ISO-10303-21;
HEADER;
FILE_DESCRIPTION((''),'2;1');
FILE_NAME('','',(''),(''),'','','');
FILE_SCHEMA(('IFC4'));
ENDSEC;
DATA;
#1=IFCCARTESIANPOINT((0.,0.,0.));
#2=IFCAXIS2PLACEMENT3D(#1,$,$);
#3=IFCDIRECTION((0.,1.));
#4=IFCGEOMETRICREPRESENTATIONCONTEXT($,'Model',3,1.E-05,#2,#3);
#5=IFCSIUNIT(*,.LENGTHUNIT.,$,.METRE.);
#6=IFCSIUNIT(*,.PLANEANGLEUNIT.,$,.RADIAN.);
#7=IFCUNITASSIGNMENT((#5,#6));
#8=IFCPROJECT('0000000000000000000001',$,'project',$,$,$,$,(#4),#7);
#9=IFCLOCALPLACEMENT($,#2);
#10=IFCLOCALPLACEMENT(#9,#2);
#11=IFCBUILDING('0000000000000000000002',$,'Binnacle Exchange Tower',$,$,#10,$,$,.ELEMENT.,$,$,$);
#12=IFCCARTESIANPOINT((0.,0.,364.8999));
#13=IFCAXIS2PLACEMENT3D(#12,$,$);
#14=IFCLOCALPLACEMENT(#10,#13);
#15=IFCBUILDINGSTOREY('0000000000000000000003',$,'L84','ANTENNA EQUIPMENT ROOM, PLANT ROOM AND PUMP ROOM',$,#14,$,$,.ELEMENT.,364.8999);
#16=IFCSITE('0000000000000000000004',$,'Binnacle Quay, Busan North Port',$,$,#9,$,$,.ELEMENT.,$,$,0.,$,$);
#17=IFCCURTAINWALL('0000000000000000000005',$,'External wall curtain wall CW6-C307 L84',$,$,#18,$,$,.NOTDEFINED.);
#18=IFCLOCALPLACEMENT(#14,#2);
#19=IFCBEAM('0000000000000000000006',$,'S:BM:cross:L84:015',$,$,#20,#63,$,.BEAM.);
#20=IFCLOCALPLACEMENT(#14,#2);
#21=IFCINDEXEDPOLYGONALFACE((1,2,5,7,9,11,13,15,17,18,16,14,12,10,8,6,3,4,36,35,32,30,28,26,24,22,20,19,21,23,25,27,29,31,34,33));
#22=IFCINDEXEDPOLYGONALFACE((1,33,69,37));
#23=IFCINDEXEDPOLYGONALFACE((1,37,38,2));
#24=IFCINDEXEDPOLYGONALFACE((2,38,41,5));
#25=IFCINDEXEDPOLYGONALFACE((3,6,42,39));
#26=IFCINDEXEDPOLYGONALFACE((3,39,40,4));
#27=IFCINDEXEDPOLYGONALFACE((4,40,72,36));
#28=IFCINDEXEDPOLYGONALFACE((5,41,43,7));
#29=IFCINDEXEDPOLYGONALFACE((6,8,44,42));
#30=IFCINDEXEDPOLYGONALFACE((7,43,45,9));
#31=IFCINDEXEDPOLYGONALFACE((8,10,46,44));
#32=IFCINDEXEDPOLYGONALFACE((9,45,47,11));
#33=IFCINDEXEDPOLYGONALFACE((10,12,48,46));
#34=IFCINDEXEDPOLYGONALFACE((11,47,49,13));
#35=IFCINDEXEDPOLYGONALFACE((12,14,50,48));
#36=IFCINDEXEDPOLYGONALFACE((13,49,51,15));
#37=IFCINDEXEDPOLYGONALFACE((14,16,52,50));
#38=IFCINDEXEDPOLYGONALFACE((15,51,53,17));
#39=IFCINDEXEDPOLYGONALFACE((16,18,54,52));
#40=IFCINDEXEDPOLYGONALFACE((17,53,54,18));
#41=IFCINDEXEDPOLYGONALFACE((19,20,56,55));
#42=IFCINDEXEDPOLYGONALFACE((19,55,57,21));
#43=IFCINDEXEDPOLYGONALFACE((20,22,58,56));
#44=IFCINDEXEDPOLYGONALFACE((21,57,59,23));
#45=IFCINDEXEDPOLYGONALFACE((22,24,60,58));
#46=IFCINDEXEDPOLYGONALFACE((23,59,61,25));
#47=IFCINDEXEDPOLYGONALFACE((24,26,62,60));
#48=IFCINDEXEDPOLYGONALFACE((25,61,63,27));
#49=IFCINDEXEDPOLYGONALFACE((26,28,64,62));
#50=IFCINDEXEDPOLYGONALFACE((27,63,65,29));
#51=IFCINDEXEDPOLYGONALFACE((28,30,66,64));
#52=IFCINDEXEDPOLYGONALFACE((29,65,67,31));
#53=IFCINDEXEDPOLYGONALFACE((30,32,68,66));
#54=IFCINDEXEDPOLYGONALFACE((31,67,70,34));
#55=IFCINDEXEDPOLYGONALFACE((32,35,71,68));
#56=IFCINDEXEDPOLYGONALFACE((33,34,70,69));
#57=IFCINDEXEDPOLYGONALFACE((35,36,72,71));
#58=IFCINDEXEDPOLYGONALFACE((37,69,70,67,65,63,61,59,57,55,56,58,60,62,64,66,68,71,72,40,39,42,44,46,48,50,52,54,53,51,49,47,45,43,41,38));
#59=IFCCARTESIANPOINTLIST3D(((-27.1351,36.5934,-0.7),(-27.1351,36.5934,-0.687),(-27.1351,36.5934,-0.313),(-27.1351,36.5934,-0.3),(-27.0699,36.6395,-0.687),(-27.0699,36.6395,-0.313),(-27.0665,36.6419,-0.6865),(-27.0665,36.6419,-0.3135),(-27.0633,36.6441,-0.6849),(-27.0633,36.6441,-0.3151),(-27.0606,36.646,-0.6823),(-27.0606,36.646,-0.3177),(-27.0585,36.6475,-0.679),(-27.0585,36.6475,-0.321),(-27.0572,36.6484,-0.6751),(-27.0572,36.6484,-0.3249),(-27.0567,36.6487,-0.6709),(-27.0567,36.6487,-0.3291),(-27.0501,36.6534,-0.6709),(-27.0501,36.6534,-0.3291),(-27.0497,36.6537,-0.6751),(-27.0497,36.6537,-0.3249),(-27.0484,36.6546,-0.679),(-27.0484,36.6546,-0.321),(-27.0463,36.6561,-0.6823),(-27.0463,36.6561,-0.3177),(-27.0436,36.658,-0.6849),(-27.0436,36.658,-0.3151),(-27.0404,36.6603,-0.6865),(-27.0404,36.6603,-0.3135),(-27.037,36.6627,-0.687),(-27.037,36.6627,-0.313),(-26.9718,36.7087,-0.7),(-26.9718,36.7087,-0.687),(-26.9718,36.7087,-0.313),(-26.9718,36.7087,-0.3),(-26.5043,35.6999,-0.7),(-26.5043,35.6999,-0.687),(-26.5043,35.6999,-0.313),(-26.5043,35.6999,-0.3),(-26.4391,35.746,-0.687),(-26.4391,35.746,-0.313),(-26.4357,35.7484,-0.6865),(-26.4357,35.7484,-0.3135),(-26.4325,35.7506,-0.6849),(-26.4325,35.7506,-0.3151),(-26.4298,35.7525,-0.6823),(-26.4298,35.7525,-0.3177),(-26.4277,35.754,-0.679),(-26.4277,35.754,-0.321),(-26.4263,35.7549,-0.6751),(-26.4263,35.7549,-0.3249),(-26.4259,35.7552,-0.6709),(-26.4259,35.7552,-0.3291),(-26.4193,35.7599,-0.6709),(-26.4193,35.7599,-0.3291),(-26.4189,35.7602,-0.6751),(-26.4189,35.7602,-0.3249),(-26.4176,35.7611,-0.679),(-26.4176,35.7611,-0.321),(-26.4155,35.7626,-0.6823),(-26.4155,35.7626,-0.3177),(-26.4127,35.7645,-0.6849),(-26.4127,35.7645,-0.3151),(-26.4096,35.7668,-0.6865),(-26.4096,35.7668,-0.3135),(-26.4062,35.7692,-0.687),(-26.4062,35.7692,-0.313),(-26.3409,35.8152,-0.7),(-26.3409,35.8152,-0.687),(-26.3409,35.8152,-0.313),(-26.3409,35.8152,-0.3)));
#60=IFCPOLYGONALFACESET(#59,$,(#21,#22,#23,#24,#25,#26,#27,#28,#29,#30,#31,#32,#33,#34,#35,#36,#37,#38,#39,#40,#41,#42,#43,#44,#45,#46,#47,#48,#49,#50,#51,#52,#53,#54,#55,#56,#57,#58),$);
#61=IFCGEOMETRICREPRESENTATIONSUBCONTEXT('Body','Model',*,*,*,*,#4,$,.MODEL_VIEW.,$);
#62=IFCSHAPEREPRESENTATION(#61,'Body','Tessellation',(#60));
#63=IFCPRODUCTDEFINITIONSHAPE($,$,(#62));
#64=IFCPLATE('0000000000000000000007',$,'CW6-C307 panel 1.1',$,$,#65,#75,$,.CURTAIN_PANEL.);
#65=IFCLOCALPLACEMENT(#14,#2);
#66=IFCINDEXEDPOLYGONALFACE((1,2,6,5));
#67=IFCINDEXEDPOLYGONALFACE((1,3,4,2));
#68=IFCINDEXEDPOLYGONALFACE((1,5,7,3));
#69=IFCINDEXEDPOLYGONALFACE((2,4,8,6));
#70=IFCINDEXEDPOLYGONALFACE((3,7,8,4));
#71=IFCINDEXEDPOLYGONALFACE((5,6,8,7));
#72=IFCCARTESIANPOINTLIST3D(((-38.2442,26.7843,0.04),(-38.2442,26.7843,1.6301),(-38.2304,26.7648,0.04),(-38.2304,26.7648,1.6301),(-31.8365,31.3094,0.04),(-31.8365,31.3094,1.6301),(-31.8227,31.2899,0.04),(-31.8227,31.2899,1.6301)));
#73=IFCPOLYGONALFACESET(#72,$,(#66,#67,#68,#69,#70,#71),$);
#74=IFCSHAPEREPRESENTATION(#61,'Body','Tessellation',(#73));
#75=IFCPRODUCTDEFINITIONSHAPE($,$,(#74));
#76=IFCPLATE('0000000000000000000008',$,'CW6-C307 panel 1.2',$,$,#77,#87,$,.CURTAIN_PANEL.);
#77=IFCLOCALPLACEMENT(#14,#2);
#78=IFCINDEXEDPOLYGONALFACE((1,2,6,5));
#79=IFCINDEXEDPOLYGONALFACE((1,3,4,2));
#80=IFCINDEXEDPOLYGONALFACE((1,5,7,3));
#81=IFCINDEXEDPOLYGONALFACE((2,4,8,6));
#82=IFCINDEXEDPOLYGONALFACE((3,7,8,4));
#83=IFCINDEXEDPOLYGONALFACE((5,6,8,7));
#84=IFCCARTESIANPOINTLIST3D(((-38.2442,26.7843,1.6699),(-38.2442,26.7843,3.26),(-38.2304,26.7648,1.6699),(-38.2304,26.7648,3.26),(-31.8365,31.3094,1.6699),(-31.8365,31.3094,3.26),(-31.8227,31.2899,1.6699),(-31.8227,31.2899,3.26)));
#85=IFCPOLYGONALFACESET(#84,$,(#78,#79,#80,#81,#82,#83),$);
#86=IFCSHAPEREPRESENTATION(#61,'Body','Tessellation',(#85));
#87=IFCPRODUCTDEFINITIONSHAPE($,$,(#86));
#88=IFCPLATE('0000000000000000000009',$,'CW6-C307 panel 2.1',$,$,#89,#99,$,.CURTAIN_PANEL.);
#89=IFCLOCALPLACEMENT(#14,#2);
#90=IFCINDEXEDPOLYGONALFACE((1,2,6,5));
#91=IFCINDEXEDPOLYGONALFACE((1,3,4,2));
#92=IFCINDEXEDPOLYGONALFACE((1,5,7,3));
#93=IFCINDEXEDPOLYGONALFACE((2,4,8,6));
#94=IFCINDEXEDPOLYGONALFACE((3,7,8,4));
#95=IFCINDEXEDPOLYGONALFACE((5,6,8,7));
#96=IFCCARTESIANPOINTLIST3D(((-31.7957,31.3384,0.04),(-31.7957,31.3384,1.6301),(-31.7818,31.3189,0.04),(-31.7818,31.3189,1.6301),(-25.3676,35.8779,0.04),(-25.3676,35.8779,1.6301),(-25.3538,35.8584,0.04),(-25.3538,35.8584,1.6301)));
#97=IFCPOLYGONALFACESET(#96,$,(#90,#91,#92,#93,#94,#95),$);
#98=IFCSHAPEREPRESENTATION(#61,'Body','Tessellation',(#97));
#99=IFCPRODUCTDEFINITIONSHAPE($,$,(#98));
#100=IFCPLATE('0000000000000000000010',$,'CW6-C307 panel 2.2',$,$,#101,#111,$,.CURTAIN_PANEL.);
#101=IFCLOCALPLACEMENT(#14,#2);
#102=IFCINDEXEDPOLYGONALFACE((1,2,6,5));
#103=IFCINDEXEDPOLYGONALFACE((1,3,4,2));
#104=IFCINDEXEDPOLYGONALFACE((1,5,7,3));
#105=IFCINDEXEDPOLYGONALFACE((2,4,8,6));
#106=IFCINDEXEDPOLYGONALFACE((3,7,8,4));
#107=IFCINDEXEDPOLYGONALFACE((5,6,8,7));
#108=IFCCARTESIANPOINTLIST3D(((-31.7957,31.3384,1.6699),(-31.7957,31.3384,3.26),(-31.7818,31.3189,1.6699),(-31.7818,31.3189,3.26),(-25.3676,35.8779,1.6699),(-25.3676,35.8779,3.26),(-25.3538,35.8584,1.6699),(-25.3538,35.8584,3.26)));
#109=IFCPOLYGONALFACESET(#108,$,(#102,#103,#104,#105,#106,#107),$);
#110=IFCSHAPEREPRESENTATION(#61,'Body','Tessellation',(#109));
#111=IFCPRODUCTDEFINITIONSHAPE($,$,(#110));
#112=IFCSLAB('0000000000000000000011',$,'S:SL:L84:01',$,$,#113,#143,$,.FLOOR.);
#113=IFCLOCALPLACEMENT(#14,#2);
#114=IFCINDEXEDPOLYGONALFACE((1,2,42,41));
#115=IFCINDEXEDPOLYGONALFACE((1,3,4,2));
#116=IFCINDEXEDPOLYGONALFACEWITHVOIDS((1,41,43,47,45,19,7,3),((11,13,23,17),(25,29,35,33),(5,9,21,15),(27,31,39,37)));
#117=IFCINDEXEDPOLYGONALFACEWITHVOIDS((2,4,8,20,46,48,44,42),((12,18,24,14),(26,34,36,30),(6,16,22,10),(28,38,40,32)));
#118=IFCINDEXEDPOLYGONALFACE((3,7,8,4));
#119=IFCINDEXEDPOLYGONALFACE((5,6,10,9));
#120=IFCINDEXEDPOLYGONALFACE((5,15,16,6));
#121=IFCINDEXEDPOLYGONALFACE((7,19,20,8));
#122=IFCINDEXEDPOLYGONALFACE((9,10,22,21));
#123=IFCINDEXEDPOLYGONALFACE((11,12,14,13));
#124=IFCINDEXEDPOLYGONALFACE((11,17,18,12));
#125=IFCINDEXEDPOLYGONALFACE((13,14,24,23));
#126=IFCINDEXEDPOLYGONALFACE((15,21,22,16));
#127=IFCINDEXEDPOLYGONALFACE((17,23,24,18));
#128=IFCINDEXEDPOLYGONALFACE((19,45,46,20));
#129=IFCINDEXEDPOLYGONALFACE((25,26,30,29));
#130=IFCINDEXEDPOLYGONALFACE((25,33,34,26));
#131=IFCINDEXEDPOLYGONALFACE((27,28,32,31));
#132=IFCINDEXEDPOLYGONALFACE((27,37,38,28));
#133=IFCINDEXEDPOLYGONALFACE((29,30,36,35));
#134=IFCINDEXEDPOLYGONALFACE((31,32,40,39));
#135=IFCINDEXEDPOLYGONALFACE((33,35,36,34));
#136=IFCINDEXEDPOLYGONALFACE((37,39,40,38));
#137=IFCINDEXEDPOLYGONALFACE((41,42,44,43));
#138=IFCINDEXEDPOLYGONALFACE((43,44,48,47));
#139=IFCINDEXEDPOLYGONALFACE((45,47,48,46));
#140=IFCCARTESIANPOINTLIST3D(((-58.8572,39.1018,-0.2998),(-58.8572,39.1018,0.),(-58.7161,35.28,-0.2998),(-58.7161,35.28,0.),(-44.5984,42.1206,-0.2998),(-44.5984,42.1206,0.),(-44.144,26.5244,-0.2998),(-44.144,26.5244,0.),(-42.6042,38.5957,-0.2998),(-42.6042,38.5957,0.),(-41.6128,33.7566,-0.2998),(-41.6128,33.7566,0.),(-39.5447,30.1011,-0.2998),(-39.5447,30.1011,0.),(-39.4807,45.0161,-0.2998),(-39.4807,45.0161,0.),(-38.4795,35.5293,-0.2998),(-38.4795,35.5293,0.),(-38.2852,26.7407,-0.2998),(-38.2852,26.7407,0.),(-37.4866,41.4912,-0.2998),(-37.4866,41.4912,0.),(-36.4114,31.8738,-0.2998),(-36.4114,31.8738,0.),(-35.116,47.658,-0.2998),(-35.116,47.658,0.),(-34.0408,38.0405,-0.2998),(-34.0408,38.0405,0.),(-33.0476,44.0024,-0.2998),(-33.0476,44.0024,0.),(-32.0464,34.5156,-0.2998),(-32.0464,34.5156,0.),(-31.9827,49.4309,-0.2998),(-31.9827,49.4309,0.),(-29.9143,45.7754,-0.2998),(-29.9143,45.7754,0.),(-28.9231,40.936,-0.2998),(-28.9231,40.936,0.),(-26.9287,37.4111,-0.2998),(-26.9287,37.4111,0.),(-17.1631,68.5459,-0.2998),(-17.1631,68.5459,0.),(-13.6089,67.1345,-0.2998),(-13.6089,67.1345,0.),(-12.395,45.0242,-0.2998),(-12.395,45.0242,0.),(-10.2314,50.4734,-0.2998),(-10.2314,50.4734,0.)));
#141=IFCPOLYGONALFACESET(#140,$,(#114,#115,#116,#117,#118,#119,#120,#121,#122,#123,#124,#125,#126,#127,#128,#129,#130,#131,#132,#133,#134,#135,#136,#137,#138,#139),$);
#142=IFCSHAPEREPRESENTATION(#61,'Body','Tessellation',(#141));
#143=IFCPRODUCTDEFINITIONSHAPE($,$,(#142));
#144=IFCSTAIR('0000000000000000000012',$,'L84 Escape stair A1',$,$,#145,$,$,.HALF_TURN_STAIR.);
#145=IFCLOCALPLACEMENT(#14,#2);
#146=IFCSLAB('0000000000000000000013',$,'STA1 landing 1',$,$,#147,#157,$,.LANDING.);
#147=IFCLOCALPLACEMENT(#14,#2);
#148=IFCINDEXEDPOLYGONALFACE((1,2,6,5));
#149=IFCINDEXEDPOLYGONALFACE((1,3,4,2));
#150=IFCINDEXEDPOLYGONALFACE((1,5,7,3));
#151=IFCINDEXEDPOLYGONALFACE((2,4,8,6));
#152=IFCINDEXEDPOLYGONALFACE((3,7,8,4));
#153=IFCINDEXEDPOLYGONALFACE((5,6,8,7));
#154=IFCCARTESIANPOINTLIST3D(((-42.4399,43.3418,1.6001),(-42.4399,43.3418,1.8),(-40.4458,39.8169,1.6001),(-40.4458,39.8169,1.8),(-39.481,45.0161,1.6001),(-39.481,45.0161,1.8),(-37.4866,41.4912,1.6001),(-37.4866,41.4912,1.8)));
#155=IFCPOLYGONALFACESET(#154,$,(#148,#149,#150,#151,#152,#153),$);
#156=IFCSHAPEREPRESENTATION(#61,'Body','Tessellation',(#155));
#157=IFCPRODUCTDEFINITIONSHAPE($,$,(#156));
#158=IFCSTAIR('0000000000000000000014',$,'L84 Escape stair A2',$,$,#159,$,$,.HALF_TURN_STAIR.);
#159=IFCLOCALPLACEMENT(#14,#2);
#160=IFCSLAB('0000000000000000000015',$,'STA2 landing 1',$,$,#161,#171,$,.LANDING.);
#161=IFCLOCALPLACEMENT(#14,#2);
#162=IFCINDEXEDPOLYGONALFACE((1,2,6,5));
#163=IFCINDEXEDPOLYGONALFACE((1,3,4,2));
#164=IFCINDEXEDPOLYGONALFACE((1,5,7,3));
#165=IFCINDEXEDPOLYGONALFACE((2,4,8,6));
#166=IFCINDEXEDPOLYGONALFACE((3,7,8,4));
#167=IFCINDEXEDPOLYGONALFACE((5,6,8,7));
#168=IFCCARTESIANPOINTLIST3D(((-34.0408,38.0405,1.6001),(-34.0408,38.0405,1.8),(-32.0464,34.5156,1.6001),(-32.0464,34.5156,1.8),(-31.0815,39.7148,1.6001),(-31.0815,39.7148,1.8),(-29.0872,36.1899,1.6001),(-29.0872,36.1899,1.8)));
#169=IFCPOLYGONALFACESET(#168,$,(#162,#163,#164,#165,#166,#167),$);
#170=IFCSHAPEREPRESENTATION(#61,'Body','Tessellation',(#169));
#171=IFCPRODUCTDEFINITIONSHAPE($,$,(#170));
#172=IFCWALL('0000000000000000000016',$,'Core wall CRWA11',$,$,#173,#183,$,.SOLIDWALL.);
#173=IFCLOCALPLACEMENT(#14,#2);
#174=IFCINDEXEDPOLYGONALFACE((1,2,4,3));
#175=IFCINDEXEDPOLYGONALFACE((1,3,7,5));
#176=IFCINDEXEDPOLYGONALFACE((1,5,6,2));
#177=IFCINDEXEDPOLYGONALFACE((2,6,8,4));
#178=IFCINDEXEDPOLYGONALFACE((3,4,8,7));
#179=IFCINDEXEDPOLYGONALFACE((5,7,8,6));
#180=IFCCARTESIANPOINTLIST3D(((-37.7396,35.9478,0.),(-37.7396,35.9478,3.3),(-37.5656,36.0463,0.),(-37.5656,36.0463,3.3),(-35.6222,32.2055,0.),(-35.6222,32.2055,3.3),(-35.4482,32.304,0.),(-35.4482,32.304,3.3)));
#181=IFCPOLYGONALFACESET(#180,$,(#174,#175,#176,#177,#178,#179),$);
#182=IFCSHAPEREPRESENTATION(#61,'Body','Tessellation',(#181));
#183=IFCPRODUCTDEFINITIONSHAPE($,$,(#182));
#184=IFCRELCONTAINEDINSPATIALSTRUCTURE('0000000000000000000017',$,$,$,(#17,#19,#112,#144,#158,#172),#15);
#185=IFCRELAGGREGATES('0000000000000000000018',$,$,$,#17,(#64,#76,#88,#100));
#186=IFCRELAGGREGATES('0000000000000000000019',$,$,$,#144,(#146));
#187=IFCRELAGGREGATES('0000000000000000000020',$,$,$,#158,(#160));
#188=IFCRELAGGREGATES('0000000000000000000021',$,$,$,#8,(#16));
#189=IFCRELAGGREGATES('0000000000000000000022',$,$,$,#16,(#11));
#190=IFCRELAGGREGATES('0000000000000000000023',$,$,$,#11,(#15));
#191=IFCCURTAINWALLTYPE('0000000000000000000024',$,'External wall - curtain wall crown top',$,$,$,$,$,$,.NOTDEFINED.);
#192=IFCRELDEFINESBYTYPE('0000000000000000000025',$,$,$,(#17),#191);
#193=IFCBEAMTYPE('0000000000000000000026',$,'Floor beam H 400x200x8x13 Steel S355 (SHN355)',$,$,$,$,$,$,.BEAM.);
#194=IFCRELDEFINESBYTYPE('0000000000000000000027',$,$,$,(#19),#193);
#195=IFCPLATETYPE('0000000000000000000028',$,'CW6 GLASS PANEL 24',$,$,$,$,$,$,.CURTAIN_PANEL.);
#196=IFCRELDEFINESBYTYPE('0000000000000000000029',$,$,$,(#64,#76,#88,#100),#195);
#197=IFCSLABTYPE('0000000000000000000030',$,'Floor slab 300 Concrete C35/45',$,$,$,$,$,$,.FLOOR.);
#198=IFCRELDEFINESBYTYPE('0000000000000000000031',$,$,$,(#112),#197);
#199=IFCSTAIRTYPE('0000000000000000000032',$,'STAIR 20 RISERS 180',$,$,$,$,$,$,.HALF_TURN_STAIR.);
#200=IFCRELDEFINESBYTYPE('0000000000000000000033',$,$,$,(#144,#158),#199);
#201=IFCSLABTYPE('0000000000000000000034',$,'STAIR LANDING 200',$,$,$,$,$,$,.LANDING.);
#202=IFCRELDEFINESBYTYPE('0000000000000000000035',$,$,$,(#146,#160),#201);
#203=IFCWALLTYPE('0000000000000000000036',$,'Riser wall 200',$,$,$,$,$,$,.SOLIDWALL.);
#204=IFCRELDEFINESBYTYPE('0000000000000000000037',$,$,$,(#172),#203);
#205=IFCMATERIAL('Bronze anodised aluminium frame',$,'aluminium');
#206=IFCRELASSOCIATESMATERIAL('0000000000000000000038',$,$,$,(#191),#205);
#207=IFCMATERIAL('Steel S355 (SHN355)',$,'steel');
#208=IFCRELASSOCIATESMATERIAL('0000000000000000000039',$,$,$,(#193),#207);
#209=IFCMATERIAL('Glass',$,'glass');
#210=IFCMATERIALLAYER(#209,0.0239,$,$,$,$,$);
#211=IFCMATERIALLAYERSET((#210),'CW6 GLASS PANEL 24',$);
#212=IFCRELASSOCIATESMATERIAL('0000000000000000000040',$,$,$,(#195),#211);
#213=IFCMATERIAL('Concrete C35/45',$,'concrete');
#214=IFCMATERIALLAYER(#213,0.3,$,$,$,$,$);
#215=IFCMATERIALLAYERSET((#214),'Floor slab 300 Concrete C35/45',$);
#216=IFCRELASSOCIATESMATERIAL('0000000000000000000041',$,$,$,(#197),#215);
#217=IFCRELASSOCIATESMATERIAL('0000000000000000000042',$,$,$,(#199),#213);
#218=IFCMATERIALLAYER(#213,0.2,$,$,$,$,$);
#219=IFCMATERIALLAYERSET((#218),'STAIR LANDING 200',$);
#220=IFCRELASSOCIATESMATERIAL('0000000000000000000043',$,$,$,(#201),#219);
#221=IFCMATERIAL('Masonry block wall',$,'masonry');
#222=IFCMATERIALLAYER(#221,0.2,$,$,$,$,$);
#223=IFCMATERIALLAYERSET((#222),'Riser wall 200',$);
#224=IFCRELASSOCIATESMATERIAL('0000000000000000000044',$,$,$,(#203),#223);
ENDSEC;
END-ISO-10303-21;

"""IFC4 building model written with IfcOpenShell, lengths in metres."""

from ifc_helpers import new_model, si_unit, direction, frame, frame_2d, origin, origin_2d, place, context, subcontext, project, spatial, polyline, rectangle, i_section, outline, extrude, material, layer, layer_set, material_profile, profile_set, type_object, element, aggregate, save


model = new_model("IFC4")

# Units and contexts
model_context = context("Model", 3, precision=1e-05, world=origin(), true_north=direction((0.0, 1.0)))
body_context = subcontext(model_context, "Body", "Model", "MODEL_VIEW")
ifc_project = project(units=[si_unit("LENGTHUNIT", "METRE"), si_unit("PLANEANGLEUNIT", "RADIAN")], contexts=[model_context])

# Site, building, storey
site_placement = place(None, origin())
site = spatial("IfcSite", under=ifc_project, at=site_placement, Name="Binnacle Quay, Busan North Port", CompositionType="ELEMENT", RefElevation=0.0)
building_placement = place(site_placement, origin())
building = spatial("IfcBuilding", under=site, at=building_placement, Name="Binnacle Exchange Tower", CompositionType="ELEMENT")
storey_placement = place(building_placement, frame((0.0, 0.0, 364.8999)))
storey = spatial("IfcBuildingStorey", under=building, at=storey_placement, Name="L84", Description="ANTENNA EQUIPMENT ROOM, PLANT ROOM AND PUMP ROOM", CompositionType="ELEMENT", Elevation=364.8999)

# Shared definitions
ifc_material_1 = material(Name="Steel S355 (SHN355)", Category="steel")

# Curtain wall
ifc_material_2 = material(Name="Bronze anodised aluminium frame", Category="aluminium")
curtain_wall_type = type_object("IfcCurtainWallType", Name="External wall - curtain wall crown top", PredefinedType="NOTDEFINED", material=ifc_material_2)
curtain_wall_placement = place(storey_placement, origin())
curtain_wall = element("IfcCurtainWall", 1, at=curtain_wall_placement, inside=storey, type_object=curtain_wall_type, Name="External wall curtain wall CW6-C307 L84", PredefinedType="NOTDEFINED")

# Beam
ifc_material_profile_1 = material_profile(ifc_material_1, i_section(OverallWidth=0.2, OverallDepth=0.3999, WebThickness=0.0081, FlangeThickness=0.0129, FilletRadius=0.0161, at=origin_2d()), Name="H 400x200x8x13")
ifc_profile_set_1 = profile_set([ifc_material_profile_1], Name="Steel S355 (SHN355)")
beam_type = type_object("IfcBeamType", Name="Floor beam H 400x200x8x13 Steel S355 (SHN355)", PredefinedType="BEAM", material=ifc_profile_set_1)
beam_placement = place(storey_placement, frame((-26.4226, 35.7576, -0.5), z_axis=(-0.576753, 0.816918, 0.0), x_axis=(-0.816918, -0.576753, 0.0)))
element("IfcBeam", 2, at=beam_placement, inside=storey, type_object=beam_type, Name="S:BM:cross:L84:015", PredefinedType="BEAM", context=body_context, shape_type="SweptSolid", body=[
    extrude(i_section(OverallWidth=0.2, OverallDepth=0.3999, WebThickness=0.0081, FlangeThickness=0.0129, FilletRadius=0.0161, at=origin_2d()), origin(), (0.0, 0.0, 1.0), 1.0938),
])

# Plates
ifc_material_3 = material(Name="Glass", Category="glass")
ifc_layer_1 = layer(ifc_material_3, 0.0239)
ifc_layer_set_1 = layer_set([ifc_layer_1], Name="CW6 GLASS PANEL 24")
plate_type = type_object("IfcPlateType", Name="CW6 GLASS PANEL 24", PredefinedType="CURTAIN_PANEL", material=ifc_layer_set_1)
plate_1_placement = place(storey_placement, frame((-35.0334, 29.0371, 0.04), z_axis=(0.0, 0.0, 1.0), x_axis=(0.816847, 0.576854, 0.0)))
plate_1 = element("IfcPlate", 3, at=plate_1_placement, type_object=plate_type, Name="CW6-C307 panel 1.1", PredefinedType="CURTAIN_PANEL", context=body_context, shape_type="SweptSolid", body=[
    extrude(rectangle(XDim=7.8445, YDim=0.0239, at=origin_2d()), origin(), (0.0, 0.0, 1.0), 1.5901),
])
plate_2_placement = place(storey_placement, frame((-35.0334, 29.0371, 1.6699), z_axis=(0.0, 0.0, 1.0), x_axis=(0.816847, 0.576854, 0.0)))
plate_2 = element("IfcPlate", 4, at=plate_2_placement, type_object=plate_type, Name="CW6-C307 panel 1.2", PredefinedType="CURTAIN_PANEL", context=body_context, shape_type="SweptSolid", body=[
    extrude(rectangle(XDim=7.8445, YDim=0.0239, at=origin_2d()), origin(), (0.0, 0.0, 1.0), 1.5901),
])
plate_3_placement = place(storey_placement, frame((-28.5747, 33.5984, 0.04), z_axis=(0.0, 0.0, 1.0), x_axis=(0.816847, 0.576854, 0.0)))
plate_3 = element("IfcPlate", 5, at=plate_3_placement, type_object=plate_type, Name="CW6-C307 panel 2.1", PredefinedType="CURTAIN_PANEL", context=body_context, shape_type="SweptSolid", body=[
    extrude(rectangle(XDim=7.8694, YDim=0.0239, at=origin_2d()), origin(), (0.0, 0.0, 1.0), 1.5901),
])
plate_4_placement = place(storey_placement, frame((-28.5747, 33.5984, 1.6699), z_axis=(0.0, 0.0, 1.0), x_axis=(0.816847, 0.576854, 0.0)))
plate_4 = element("IfcPlate", 6, at=plate_4_placement, type_object=plate_type, Name="CW6-C307 panel 2.2", PredefinedType="CURTAIN_PANEL", context=body_context, shape_type="SweptSolid", body=[
    extrude(rectangle(XDim=7.8694, YDim=0.0239, at=origin_2d()), origin(), (0.0, 0.0, 1.0), 1.5901),
])
aggregate(curtain_wall, [plate_1, plate_2, plate_3, plate_4])

# Slab
ifc_material_4 = material(Name="Concrete C35/45", Category="concrete")
ifc_layer_2 = layer(ifc_material_4, 0.3)
ifc_layer_set_2 = layer_set([ifc_layer_2], Name="Floor slab 300 Concrete C35/45")
slab_type_1 = type_object("IfcSlabType", Name="Floor slab 300 Concrete C35/45", PredefinedType="FLOOR", material=ifc_layer_set_2)
slab_1_placement = place(storey_placement, frame((0.0, 0.0, -0.2998)))
element("IfcSlab", 7, at=slab_1_placement, inside=storey, type_object=slab_type_1, Name="S:SL:L84:01", PredefinedType="FLOOR", context=body_context, shape_type="SweptSolid", body=[
    extrude(outline(polyline([(-38.2852, 26.7407), (-44.144, 26.5244), (-58.7161, 35.28), (-58.8572, 39.1018), (-17.1631, 68.5459), (-13.6089, 67.1345), (-10.2314, 50.4734), (-12.395, 45.0242), (-38.2852, 26.7407)]), holes=[polyline([(-41.6128, 33.7566), (-39.5447, 30.1011), (-36.4114, 31.8738), (-38.4795, 35.5293), (-41.6128, 33.7566)]), polyline([(-26.9287, 37.4111), (-28.9231, 40.936), (-34.0408, 38.0405), (-32.0464, 34.5156), (-26.9287, 37.4111)]), polyline([(-44.5984, 42.1206), (-42.6042, 38.5957), (-37.4866, 41.4912), (-39.4807, 45.0161), (-44.5984, 42.1206)]), polyline([(-35.116, 47.658), (-33.0476, 44.0024), (-29.9143, 45.7754), (-31.9827, 49.4309), (-35.116, 47.658)])]), origin(), (0.0, 0.0, 1.0), 0.2998),
])

# Stairs, slabs
stair_type = type_object("IfcStairType", Name="STAIR 20 RISERS 180", PredefinedType="HALF_TURN_STAIR", material=ifc_material_4)
stair_1_placement = place(storey_placement, origin())
stair_1 = element("IfcStair", 8, at=stair_1_placement, inside=storey, type_object=stair_type, Name="L84 Escape stair A1", PredefinedType="HALF_TURN_STAIR")
ifc_layer_3 = layer(ifc_material_4, 0.2)
ifc_layer_set_3 = layer_set([ifc_layer_3], Name="STAIR LANDING 200")
slab_type_2 = type_object("IfcSlabType", Name="STAIR LANDING 200", PredefinedType="LANDING", material=ifc_layer_set_3)
slab_2_placement = place(storey_placement, frame((0.0, 0.0, 1.6001)))
slab_2 = element("IfcSlab", 9, at=slab_2_placement, type_object=slab_type_2, Name="STA1 landing 1", PredefinedType="LANDING", context=body_context, shape_type="SweptSolid", body=[
    extrude(outline(polyline([(-40.4458, 39.8169), (-37.4866, 41.4912), (-39.481, 45.0161), (-42.4399, 43.3418), (-40.4458, 39.8169)])), origin(), (0.0, 0.0, 1.0), 0.2),
])
aggregate(stair_1, [slab_2])
stair_2_placement = place(storey_placement, origin())
stair_2 = element("IfcStair", 10, at=stair_2_placement, inside=storey, type_object=stair_type, Name="L84 Escape stair A2", PredefinedType="HALF_TURN_STAIR")
slab_3_placement = place(storey_placement, frame((0.0, 0.0, 1.6001)))
slab_3 = element("IfcSlab", 11, at=slab_3_placement, type_object=slab_type_2, Name="STA2 landing 1", PredefinedType="LANDING", context=body_context, shape_type="SweptSolid", body=[
    extrude(outline(polyline([(-31.0815, 39.7148), (-34.0408, 38.0405), (-32.0464, 34.5156), (-29.0872, 36.1899), (-31.0815, 39.7148)])), origin(), (0.0, 0.0, 1.0), 0.2),
])

# Wall
ifc_material_5 = material(Name="Masonry block wall", Category="masonry")
ifc_layer_4 = layer(ifc_material_5, 0.2)
ifc_layer_set_4 = layer_set([ifc_layer_4], Name="Riser wall 200")
wall_type = type_object("IfcWallType", Name="Riser wall 200", PredefinedType="SOLIDWALL", material=ifc_layer_set_4)
wall_placement = place(storey_placement, frame((-37.6526, 35.9971, 0.0), z_axis=(0.0, 0.0, 1.0), x_axis=(0.492435, -0.870349, 0.0)))
element("IfcWall", 12, at=wall_placement, inside=storey, type_object=wall_type, Name="Core wall CRWA11", PredefinedType="SOLIDWALL", context=body_context, shape_type="SweptSolid", body=[
    extrude(rectangle(XDim=4.2998, YDim=0.2, at=frame_2d((2.1499, 0.0))), origin(), (0.0, 0.0, 1.0), 3.3),
])

aggregate(stair_2, [slab_3])

save(model, "model.ifc")
